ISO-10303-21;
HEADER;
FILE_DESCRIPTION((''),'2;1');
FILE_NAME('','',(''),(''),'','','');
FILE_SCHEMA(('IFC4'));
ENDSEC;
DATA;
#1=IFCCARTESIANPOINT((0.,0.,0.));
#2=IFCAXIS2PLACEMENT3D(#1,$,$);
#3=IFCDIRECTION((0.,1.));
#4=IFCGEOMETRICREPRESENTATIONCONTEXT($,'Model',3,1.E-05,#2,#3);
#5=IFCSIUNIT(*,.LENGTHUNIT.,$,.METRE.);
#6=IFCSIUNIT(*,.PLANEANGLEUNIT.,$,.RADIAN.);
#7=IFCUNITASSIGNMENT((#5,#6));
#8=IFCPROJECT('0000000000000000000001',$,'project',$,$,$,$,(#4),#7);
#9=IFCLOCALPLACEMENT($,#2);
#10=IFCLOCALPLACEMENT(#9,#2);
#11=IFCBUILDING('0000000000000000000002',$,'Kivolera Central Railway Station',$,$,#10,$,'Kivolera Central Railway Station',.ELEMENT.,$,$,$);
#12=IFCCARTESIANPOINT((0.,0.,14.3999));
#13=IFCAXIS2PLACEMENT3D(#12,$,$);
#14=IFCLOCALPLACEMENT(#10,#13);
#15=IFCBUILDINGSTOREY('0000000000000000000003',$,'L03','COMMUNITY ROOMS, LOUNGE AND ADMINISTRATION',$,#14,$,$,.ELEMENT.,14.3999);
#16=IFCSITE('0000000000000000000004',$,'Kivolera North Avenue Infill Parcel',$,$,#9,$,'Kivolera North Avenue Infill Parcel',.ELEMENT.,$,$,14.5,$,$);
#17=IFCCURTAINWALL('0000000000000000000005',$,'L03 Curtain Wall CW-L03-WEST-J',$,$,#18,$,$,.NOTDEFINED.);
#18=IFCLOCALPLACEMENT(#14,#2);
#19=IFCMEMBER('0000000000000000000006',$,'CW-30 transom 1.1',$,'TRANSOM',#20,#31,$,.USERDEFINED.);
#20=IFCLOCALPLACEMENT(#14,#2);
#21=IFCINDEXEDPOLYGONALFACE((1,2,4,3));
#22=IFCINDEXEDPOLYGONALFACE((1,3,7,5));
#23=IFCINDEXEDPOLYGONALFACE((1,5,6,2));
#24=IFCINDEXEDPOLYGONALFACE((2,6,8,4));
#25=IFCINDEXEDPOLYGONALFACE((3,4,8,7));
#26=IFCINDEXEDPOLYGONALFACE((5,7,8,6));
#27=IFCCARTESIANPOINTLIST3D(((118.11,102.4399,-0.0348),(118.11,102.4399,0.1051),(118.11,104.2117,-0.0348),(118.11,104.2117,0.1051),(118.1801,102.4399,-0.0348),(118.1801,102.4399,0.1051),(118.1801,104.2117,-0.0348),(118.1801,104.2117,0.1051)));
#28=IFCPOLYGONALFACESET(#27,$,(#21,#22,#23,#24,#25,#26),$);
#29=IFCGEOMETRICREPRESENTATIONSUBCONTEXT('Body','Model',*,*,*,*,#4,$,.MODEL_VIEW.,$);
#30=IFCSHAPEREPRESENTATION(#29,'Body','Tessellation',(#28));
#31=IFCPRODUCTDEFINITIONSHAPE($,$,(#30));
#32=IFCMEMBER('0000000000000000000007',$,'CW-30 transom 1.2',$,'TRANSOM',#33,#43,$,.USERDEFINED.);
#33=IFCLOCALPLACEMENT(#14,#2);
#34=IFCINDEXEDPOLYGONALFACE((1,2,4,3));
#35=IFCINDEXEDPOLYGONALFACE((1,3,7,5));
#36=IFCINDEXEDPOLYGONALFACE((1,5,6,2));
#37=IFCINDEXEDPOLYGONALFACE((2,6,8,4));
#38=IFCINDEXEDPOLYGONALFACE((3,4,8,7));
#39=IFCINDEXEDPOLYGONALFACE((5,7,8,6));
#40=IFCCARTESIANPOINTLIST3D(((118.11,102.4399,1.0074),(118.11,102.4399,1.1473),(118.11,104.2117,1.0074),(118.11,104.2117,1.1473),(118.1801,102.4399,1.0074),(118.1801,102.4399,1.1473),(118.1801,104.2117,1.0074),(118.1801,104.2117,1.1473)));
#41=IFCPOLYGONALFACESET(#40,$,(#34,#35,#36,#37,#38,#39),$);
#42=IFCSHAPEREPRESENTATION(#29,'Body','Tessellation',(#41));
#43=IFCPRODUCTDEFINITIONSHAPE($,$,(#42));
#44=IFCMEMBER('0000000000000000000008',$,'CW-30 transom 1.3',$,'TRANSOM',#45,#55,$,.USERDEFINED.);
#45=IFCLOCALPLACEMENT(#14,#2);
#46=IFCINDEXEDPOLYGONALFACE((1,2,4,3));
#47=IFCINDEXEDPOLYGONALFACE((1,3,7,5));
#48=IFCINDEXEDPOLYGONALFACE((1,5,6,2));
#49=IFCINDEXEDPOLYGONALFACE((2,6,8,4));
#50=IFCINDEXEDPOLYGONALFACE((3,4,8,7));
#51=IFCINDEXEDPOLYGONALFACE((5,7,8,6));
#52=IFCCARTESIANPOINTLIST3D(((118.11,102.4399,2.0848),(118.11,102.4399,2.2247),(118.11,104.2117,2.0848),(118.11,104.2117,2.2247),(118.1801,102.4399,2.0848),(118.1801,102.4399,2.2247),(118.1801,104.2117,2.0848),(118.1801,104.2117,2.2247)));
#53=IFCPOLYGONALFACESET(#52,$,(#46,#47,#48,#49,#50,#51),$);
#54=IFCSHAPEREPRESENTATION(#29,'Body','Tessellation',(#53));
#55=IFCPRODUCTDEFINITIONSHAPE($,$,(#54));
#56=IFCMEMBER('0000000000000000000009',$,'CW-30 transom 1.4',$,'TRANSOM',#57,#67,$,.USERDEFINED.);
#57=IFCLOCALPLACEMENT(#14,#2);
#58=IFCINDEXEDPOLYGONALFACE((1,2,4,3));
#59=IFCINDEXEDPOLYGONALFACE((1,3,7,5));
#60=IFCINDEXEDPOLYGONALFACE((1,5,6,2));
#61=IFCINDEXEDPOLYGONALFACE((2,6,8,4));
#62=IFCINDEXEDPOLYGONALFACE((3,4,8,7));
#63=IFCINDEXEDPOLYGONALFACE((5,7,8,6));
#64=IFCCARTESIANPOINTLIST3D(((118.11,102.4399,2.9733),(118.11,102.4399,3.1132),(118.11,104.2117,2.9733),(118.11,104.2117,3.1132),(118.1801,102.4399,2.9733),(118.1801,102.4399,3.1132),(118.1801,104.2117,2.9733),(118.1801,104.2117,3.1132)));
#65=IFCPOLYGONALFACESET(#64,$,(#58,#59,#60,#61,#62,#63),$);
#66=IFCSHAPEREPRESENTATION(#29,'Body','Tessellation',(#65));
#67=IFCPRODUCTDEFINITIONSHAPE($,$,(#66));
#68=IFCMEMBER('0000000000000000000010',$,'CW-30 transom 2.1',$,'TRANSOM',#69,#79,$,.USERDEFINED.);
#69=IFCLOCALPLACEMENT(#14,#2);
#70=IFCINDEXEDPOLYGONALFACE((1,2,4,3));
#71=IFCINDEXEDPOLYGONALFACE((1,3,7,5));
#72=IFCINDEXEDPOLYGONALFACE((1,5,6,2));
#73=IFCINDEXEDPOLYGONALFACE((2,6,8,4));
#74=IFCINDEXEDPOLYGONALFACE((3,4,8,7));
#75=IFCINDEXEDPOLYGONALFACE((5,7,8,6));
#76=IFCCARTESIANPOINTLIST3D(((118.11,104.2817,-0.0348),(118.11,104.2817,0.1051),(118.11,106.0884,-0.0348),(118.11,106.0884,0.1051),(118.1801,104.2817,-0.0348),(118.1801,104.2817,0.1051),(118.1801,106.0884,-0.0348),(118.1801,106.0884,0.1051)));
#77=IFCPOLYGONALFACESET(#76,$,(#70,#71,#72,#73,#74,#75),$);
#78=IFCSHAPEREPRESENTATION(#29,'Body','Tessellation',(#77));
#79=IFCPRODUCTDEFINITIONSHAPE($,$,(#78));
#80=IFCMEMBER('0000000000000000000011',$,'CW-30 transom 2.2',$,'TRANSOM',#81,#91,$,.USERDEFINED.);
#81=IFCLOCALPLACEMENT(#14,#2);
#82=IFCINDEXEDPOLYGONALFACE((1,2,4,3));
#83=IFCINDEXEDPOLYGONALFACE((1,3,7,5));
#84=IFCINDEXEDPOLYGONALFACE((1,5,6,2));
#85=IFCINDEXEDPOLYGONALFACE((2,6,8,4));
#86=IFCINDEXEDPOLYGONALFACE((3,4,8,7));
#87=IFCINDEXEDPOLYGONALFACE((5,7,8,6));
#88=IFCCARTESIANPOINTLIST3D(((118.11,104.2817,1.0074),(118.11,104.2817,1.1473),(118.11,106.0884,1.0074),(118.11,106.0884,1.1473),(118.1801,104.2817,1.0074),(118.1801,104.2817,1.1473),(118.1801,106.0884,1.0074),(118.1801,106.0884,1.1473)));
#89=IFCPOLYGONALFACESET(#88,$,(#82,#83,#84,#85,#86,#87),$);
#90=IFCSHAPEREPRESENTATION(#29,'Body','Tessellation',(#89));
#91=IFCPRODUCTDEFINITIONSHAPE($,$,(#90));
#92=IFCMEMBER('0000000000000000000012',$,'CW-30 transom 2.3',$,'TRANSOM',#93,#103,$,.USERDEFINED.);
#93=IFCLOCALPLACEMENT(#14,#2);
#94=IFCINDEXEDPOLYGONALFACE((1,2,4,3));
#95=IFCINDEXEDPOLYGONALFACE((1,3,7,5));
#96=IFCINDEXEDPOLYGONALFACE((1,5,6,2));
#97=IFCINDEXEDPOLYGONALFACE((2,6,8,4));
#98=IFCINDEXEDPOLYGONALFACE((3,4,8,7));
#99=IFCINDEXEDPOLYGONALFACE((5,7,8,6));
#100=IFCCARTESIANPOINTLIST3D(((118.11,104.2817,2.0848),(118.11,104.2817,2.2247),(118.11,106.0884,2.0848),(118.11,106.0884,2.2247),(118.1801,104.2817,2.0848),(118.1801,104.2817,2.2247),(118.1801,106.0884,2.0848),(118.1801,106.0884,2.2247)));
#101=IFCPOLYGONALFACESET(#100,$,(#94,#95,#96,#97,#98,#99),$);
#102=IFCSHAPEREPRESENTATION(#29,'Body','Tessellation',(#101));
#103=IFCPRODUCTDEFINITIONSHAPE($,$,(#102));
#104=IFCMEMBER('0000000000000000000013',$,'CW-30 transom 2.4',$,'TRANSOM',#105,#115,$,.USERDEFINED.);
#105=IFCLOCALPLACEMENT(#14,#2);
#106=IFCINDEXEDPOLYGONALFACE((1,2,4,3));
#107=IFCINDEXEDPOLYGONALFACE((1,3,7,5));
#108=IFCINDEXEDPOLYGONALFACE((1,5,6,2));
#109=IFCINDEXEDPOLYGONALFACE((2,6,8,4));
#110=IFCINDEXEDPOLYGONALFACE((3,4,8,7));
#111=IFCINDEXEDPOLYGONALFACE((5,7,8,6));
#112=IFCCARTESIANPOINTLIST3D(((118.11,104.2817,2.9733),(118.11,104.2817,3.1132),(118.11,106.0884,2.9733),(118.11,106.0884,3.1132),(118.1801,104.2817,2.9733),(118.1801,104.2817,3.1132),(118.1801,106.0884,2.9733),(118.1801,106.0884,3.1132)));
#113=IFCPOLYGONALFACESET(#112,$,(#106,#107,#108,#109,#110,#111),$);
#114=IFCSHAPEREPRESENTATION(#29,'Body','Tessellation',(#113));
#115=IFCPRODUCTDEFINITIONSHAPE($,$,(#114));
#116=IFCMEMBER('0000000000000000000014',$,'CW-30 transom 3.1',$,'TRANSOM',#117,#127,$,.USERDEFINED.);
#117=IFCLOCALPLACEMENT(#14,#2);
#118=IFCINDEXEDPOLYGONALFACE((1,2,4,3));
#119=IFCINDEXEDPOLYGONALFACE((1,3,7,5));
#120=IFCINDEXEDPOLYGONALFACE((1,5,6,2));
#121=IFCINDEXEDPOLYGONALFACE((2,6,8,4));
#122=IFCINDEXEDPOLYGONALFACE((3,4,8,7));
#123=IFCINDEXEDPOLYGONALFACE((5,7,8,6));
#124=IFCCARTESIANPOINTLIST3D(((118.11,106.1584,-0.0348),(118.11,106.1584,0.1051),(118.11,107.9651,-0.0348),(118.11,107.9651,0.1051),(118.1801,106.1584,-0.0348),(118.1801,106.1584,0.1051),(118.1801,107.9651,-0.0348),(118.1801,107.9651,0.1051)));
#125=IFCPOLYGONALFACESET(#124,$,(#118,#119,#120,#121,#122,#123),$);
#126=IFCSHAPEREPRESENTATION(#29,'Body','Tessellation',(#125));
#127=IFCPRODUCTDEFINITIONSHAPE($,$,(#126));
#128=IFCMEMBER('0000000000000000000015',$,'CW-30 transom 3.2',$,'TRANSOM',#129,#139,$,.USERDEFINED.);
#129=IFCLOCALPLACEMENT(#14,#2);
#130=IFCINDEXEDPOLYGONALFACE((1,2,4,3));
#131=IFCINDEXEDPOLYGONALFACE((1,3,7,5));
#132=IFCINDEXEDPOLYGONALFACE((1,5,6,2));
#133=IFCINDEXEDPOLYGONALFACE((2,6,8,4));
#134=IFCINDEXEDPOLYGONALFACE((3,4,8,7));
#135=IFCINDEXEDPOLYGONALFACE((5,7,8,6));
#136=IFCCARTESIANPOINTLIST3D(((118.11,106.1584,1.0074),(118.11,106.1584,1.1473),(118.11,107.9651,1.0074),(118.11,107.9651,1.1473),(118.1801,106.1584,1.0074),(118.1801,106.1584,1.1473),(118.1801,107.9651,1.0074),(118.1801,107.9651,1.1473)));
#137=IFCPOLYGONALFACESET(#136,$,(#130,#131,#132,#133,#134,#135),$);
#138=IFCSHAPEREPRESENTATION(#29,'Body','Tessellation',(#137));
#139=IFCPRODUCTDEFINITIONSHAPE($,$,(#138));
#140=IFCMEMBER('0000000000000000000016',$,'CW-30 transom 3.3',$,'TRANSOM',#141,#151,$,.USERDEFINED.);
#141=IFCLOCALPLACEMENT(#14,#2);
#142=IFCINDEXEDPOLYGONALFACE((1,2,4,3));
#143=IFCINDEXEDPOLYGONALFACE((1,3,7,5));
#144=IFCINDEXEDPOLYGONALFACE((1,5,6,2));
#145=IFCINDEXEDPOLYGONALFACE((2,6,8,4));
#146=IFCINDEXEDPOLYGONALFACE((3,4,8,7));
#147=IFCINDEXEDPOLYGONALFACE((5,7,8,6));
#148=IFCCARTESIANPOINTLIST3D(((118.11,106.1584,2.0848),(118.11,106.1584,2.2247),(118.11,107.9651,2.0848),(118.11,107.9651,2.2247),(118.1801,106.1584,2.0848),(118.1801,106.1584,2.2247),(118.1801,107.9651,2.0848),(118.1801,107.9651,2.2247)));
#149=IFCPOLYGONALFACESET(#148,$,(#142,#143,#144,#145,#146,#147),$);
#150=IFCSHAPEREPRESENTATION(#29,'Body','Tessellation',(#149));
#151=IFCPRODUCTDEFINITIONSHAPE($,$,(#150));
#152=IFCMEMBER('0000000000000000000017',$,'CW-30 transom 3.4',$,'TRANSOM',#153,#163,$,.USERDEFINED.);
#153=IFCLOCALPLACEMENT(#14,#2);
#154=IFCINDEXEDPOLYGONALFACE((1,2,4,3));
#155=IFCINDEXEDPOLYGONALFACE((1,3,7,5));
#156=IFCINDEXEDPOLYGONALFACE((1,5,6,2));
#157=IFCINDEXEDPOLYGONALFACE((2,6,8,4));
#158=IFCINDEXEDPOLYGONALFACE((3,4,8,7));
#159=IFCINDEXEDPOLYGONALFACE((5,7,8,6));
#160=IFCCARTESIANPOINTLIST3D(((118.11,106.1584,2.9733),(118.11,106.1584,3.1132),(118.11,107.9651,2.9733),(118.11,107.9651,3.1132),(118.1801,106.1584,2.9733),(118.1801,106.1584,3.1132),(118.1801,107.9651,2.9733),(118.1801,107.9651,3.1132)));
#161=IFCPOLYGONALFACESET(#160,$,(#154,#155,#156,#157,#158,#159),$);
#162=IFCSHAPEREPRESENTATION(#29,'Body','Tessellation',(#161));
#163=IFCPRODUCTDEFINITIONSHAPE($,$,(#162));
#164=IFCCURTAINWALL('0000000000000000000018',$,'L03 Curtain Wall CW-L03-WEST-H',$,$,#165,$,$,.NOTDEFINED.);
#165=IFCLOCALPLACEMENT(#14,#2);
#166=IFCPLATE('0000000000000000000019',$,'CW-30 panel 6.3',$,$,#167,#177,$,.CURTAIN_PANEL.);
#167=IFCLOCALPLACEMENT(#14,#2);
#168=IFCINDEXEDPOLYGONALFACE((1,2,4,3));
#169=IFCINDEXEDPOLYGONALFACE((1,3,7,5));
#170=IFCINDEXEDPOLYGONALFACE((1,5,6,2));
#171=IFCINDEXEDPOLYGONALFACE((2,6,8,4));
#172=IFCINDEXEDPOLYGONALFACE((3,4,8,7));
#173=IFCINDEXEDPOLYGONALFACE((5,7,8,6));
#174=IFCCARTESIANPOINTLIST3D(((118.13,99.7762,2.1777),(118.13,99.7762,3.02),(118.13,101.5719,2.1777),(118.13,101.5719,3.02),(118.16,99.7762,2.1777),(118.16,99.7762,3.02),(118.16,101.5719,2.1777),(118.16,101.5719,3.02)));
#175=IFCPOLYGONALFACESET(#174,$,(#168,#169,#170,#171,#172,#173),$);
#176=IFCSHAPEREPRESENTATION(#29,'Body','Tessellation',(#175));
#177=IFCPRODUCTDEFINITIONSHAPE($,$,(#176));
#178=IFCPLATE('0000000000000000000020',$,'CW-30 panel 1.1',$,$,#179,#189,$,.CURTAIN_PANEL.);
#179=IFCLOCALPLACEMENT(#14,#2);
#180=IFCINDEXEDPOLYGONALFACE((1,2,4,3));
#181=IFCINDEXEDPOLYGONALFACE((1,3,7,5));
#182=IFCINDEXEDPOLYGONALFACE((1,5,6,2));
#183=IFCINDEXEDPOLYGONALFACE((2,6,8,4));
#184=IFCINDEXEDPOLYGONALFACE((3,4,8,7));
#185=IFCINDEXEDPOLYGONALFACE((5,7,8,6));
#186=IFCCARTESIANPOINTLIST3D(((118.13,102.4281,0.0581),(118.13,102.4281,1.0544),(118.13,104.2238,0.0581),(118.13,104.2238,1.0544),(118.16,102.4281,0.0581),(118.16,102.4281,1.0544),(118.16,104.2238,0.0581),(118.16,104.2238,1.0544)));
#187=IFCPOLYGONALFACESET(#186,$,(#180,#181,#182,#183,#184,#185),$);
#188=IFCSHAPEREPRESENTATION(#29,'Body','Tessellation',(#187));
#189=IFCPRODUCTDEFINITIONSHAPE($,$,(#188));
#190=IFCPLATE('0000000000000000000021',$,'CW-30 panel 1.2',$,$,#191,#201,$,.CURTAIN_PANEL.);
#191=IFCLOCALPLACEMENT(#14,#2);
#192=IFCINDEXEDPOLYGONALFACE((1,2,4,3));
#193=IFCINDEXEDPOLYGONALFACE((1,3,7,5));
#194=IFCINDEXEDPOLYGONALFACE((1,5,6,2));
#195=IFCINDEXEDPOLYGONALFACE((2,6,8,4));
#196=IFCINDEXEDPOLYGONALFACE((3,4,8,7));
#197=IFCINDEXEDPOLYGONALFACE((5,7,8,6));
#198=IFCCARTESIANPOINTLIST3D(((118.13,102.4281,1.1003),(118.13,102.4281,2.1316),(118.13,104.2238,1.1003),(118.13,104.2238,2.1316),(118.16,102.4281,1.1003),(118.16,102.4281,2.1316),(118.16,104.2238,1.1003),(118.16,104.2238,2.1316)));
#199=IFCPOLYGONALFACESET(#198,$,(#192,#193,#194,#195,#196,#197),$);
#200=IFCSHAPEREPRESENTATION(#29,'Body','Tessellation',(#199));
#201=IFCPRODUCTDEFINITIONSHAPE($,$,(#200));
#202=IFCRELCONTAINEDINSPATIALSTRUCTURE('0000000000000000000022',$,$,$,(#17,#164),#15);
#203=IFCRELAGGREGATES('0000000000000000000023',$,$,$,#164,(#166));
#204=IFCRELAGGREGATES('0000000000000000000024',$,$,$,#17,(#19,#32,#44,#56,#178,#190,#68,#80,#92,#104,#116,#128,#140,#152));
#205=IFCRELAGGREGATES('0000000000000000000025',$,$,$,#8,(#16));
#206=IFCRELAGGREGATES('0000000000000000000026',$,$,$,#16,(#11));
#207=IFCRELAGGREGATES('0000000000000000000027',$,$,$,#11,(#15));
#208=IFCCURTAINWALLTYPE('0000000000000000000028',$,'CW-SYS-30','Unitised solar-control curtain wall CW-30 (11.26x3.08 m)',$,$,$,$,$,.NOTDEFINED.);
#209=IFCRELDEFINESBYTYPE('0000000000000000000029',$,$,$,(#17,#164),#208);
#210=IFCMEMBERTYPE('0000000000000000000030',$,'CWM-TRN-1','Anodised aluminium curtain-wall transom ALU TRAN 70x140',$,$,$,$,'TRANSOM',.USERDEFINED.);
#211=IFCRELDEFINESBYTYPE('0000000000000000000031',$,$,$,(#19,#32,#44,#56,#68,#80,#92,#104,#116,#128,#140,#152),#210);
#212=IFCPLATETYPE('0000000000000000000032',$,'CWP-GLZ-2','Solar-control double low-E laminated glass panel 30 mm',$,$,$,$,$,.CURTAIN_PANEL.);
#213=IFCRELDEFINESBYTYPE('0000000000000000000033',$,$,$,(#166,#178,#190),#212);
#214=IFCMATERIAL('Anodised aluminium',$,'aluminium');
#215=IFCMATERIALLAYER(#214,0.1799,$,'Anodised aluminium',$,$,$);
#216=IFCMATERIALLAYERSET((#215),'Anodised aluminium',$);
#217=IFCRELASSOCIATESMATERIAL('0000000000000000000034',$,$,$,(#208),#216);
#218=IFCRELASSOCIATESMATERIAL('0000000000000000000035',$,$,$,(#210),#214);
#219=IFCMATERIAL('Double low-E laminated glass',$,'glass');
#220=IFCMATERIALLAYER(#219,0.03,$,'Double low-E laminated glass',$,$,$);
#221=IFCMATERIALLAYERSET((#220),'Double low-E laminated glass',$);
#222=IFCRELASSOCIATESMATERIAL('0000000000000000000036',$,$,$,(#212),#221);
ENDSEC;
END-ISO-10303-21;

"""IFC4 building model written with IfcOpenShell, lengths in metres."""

from ifc_helpers import new_model, si_unit, direction, frame, origin, origin_2d, place, context, subcontext, project, spatial, rectangle, extrude, material, layer, layer_set, material_profile, profile_set, type_object, element, aggregate, save


model = new_model("IFC4")

# Units and contexts
model_context = context("Model", 3, precision=1e-05, world=origin(), true_north=direction((0.0, 1.0)))
body_context = subcontext(model_context, "Body", "Model", "MODEL_VIEW")
ifc_project = project(units=[si_unit("LENGTHUNIT", "METRE"), si_unit("PLANEANGLEUNIT", "RADIAN")], contexts=[model_context])

# Site, building, storey
site_placement = place(None, origin())
site = spatial("IfcSite", under=ifc_project, at=site_placement, Name="Kivolera North Avenue Infill Parcel", LongName="Kivolera North Avenue Infill Parcel", CompositionType="ELEMENT", RefElevation=14.5)
building_placement = place(site_placement, origin())
building = spatial("IfcBuilding", under=site, at=building_placement, Name="Kivolera Central Railway Station", LongName="Kivolera Central Railway Station", CompositionType="ELEMENT")
storey_placement = place(building_placement, frame((0.0, 0.0, 14.3999)))
storey = spatial("IfcBuildingStorey", under=building, at=storey_placement, Name="L03", Description="COMMUNITY ROOMS, LOUNGE AND ADMINISTRATION", CompositionType="ELEMENT", Elevation=14.3999)

# Curtain wall, members
ifc_material_1 = material(Name="Anodised aluminium", Category="aluminium")
ifc_layer_1 = layer(ifc_material_1, 0.1799, Name="Anodised aluminium")
ifc_layer_set_1 = layer_set([ifc_layer_1], Name="Anodised aluminium")
curtain_wall_type = type_object("IfcCurtainWallType", Name="CW-SYS-30", Description="Unitised solar-control curtain wall CW-30 (11.26x3.08 m)", PredefinedType="NOTDEFINED", material=ifc_layer_set_1)
curtain_wall_1_placement = place(storey_placement, origin())
curtain_wall_1 = element("IfcCurtainWall", 1, at=curtain_wall_1_placement, inside=storey, type_object=curtain_wall_type, Name="L03 Curtain Wall CW-L03-WEST-J", PredefinedType="NOTDEFINED")
ifc_material_profile_1 = material_profile(ifc_material_1, rectangle(XDim=0.0701, YDim=0.1399, at=origin_2d()), Name="ALU TRAN 70x140")
ifc_profile_set_1 = profile_set([ifc_material_profile_1], Name="Anodised aluminium")
member_type_1 = type_object("IfcMemberType", Name="CWM-TRN-1", Description="Anodised aluminium curtain-wall transom ALU TRAN 70x140", ElementType="TRANSOM", PredefinedType="USERDEFINED", material=ifc_profile_set_1)
member_1_placement = place(storey_placement, frame((118.145, 102.4399, 0.0352), z_axis=(0.0, 1.0, 0.0), x_axis=(-1.0, 0.0, 0.0)))
member_1 = element("IfcMember", 2, at=member_1_placement, type_object=member_type_1, Name="CW-30 transom 1.1", ObjectType="TRANSOM", PredefinedType="USERDEFINED", context=body_context, shape_type="SweptSolid", body=[
    extrude(rectangle(XDim=0.0701, YDim=0.1399, at=origin_2d()), origin(), (0.0, 0.0, 1.0), 1.7717),
])
member_2_placement = place(storey_placement, frame((118.145, 102.4399, 1.0774), z_axis=(0.0, 1.0, 0.0), x_axis=(-1.0, 0.0, 0.0)))
member_2 = element("IfcMember", 3, at=member_2_placement, type_object=member_type_1, Name="CW-30 transom 1.2", ObjectType="TRANSOM", PredefinedType="USERDEFINED", context=body_context, shape_type="SweptSolid", body=[
    extrude(rectangle(XDim=0.0701, YDim=0.1399, at=origin_2d()), origin(), (0.0, 0.0, 1.0), 1.7717),
])
member_3_placement = place(storey_placement, frame((118.145, 102.4399, 2.1548), z_axis=(0.0, 1.0, 0.0), x_axis=(-1.0, 0.0, 0.0)))
member_3 = element("IfcMember", 4, at=member_3_placement, type_object=member_type_1, Name="CW-30 transom 1.3", ObjectType="TRANSOM", PredefinedType="USERDEFINED", context=body_context, shape_type="SweptSolid", body=[
    extrude(rectangle(XDim=0.0701, YDim=0.1399, at=origin_2d()), origin(), (0.0, 0.0, 1.0), 1.7717),
])
member_4_placement = place(storey_placement, frame((118.145, 102.4399, 3.0432), z_axis=(0.0, 1.0, 0.0), x_axis=(-1.0, 0.0, 0.0)))
member_4 = element("IfcMember", 5, at=member_4_placement, type_object=member_type_1, Name="CW-30 transom 1.4", ObjectType="TRANSOM", PredefinedType="USERDEFINED", context=body_context, shape_type="SweptSolid", body=[
    extrude(rectangle(XDim=0.0701, YDim=0.1399, at=origin_2d()), origin(), (0.0, 0.0, 1.0), 1.7717),
])
member_5_placement = place(storey_placement, frame((118.145, 104.2817, 0.0352), z_axis=(0.0, 1.0, 0.0), x_axis=(-1.0, 0.0, 0.0)))
member_5 = element("IfcMember", 6, at=member_5_placement, type_object=member_type_1, Name="CW-30 transom 2.1", ObjectType="TRANSOM", PredefinedType="USERDEFINED", context=body_context, shape_type="SweptSolid", body=[
    extrude(rectangle(XDim=0.0701, YDim=0.1399, at=origin_2d()), origin(), (0.0, 0.0, 1.0), 1.8066),
])
member_6_placement = place(storey_placement, frame((118.145, 104.2817, 1.0774), z_axis=(0.0, 1.0, 0.0), x_axis=(-1.0, 0.0, 0.0)))
member_6 = element("IfcMember", 7, at=member_6_placement, type_object=member_type_1, Name="CW-30 transom 2.2", ObjectType="TRANSOM", PredefinedType="USERDEFINED", context=body_context, shape_type="SweptSolid", body=[
    extrude(rectangle(XDim=0.0701, YDim=0.1399, at=origin_2d()), origin(), (0.0, 0.0, 1.0), 1.8066),
])
member_7_placement = place(storey_placement, frame((118.145, 104.2817, 2.1548), z_axis=(0.0, 1.0, 0.0), x_axis=(-1.0, 0.0, 0.0)))
member_7 = element("IfcMember", 8, at=member_7_placement, type_object=member_type_1, Name="CW-30 transom 2.3", ObjectType="TRANSOM", PredefinedType="USERDEFINED", context=body_context, shape_type="SweptSolid", body=[
    extrude(rectangle(XDim=0.0701, YDim=0.1399, at=origin_2d()), origin(), (0.0, 0.0, 1.0), 1.8066),
])
member_8_placement = place(storey_placement, frame((118.145, 104.2817, 3.0432), z_axis=(0.0, 1.0, 0.0), x_axis=(-1.0, 0.0, 0.0)))
member_8 = element("IfcMember", 9, at=member_8_placement, type_object=member_type_1, Name="CW-30 transom 2.4", ObjectType="TRANSOM", PredefinedType="USERDEFINED", context=body_context, shape_type="SweptSolid", body=[
    extrude(rectangle(XDim=0.0701, YDim=0.1399, at=origin_2d()), origin(), (0.0, 0.0, 1.0), 1.8066),
])
member_9_placement = place(storey_placement, frame((118.145, 106.1584, 0.0352), z_axis=(0.0, 1.0, 0.0), x_axis=(-1.0, 0.0, 0.0)))
member_9 = element("IfcMember", 10, at=member_9_placement, type_object=member_type_1, Name="CW-30 transom 3.1", ObjectType="TRANSOM", PredefinedType="USERDEFINED", context=body_context, shape_type="SweptSolid", body=[
    extrude(rectangle(XDim=0.0701, YDim=0.1399, at=origin_2d()), origin(), (0.0, 0.0, 1.0), 1.8066),
])
member_10_placement = place(storey_placement, frame((118.145, 106.1584, 1.0774), z_axis=(0.0, 1.0, 0.0), x_axis=(-1.0, 0.0, 0.0)))
member_10 = element("IfcMember", 11, at=member_10_placement, type_object=member_type_1, Name="CW-30 transom 3.2", ObjectType="TRANSOM", PredefinedType="USERDEFINED", context=body_context, shape_type="SweptSolid", body=[
    extrude(rectangle(XDim=0.0701, YDim=0.1399, at=origin_2d()), origin(), (0.0, 0.0, 1.0), 1.8066),
])
member_11_placement = place(storey_placement, frame((118.145, 106.1584, 2.1548), z_axis=(0.0, 1.0, 0.0), x_axis=(-1.0, 0.0, 0.0)))
member_11 = element("IfcMember", 12, at=member_11_placement, type_object=member_type_1, Name="CW-30 transom 3.3", ObjectType="TRANSOM", PredefinedType="USERDEFINED", context=body_context, shape_type="SweptSolid", body=[
    extrude(rectangle(XDim=0.0701, YDim=0.1399, at=origin_2d()), origin(), (0.0, 0.0, 1.0), 1.8066),
])
member_12_placement = place(storey_placement, frame((118.145, 106.1584, 3.0432), z_axis=(0.0, 1.0, 0.0), x_axis=(-1.0, 0.0, 0.0)))
member_12 = element("IfcMember", 13, at=member_12_placement, type_object=member_type_1, Name="CW-30 transom 3.4", ObjectType="TRANSOM", PredefinedType="USERDEFINED", context=body_context, shape_type="SweptSolid", body=[
    extrude(rectangle(XDim=0.0701, YDim=0.1399, at=origin_2d()), origin(), (0.0, 0.0, 1.0), 1.8066),
])

# Curtain wall, plate
curtain_wall_2_placement = place(storey_placement, origin())
curtain_wall_2 = element("IfcCurtainWall", 14, at=curtain_wall_2_placement, inside=storey, type_object=curtain_wall_type, Name="L03 Curtain Wall CW-L03-WEST-H", PredefinedType="NOTDEFINED")
ifc_material_2 = material(Name="Double low-E laminated glass", Category="glass")
ifc_layer_2 = layer(ifc_material_2, 0.03, Name="Double low-E laminated glass")
ifc_layer_set_2 = layer_set([ifc_layer_2], Name="Double low-E laminated glass")
plate_type = type_object("IfcPlateType", Name="CWP-GLZ-2", Description="Solar-control double low-E laminated glass panel 30 mm", PredefinedType="CURTAIN_PANEL", material=ifc_layer_set_2)
plate_1_placement = place(storey_placement, frame((118.145, 100.6741, 2.1777), z_axis=(0.0, 0.0, 1.0), x_axis=(0.0, 1.0, 0.0)))
plate_1 = element("IfcPlate", 15, at=plate_1_placement, type_object=plate_type, Name="CW-30 panel 6.3", PredefinedType="CURTAIN_PANEL", context=body_context, shape_type="SweptSolid", body=[
    extrude(rectangle(XDim=1.7957, YDim=0.03, at=origin_2d()), origin(), (0.0, 0.0, 1.0), 0.8423),
])
aggregate(curtain_wall_2, [plate_1])

# Plates
plate_2_placement = place(storey_placement, frame((118.145, 103.3259, 0.0581), z_axis=(0.0, 0.0, 1.0), x_axis=(0.0, 1.0, 0.0)))
plate_2 = element("IfcPlate", 16, at=plate_2_placement, type_object=plate_type, Name="CW-30 panel 1.1", PredefinedType="CURTAIN_PANEL", context=body_context, shape_type="SweptSolid", body=[
    extrude(rectangle(XDim=1.7957, YDim=0.03, at=origin_2d()), origin(), (0.0, 0.0, 1.0), 0.9963),
])
plate_3_placement = place(storey_placement, frame((118.145, 103.3259, 1.1003), z_axis=(0.0, 0.0, 1.0), x_axis=(0.0, 1.0, 0.0)))
plate_3 = element("IfcPlate", 17, at=plate_3_placement, type_object=plate_type, Name="CW-30 panel 1.2", PredefinedType="CURTAIN_PANEL", context=body_context, shape_type="SweptSolid", body=[
    extrude(rectangle(XDim=1.7957, YDim=0.03, at=origin_2d()), origin(), (0.0, 0.0, 1.0), 1.0312),
])
aggregate(curtain_wall_1, [member_1, member_2, member_3, member_4, plate_2, plate_3, member_5, member_6, member_7, member_8, member_9, member_10, member_11, member_12])

save(model, "model.ifc")
